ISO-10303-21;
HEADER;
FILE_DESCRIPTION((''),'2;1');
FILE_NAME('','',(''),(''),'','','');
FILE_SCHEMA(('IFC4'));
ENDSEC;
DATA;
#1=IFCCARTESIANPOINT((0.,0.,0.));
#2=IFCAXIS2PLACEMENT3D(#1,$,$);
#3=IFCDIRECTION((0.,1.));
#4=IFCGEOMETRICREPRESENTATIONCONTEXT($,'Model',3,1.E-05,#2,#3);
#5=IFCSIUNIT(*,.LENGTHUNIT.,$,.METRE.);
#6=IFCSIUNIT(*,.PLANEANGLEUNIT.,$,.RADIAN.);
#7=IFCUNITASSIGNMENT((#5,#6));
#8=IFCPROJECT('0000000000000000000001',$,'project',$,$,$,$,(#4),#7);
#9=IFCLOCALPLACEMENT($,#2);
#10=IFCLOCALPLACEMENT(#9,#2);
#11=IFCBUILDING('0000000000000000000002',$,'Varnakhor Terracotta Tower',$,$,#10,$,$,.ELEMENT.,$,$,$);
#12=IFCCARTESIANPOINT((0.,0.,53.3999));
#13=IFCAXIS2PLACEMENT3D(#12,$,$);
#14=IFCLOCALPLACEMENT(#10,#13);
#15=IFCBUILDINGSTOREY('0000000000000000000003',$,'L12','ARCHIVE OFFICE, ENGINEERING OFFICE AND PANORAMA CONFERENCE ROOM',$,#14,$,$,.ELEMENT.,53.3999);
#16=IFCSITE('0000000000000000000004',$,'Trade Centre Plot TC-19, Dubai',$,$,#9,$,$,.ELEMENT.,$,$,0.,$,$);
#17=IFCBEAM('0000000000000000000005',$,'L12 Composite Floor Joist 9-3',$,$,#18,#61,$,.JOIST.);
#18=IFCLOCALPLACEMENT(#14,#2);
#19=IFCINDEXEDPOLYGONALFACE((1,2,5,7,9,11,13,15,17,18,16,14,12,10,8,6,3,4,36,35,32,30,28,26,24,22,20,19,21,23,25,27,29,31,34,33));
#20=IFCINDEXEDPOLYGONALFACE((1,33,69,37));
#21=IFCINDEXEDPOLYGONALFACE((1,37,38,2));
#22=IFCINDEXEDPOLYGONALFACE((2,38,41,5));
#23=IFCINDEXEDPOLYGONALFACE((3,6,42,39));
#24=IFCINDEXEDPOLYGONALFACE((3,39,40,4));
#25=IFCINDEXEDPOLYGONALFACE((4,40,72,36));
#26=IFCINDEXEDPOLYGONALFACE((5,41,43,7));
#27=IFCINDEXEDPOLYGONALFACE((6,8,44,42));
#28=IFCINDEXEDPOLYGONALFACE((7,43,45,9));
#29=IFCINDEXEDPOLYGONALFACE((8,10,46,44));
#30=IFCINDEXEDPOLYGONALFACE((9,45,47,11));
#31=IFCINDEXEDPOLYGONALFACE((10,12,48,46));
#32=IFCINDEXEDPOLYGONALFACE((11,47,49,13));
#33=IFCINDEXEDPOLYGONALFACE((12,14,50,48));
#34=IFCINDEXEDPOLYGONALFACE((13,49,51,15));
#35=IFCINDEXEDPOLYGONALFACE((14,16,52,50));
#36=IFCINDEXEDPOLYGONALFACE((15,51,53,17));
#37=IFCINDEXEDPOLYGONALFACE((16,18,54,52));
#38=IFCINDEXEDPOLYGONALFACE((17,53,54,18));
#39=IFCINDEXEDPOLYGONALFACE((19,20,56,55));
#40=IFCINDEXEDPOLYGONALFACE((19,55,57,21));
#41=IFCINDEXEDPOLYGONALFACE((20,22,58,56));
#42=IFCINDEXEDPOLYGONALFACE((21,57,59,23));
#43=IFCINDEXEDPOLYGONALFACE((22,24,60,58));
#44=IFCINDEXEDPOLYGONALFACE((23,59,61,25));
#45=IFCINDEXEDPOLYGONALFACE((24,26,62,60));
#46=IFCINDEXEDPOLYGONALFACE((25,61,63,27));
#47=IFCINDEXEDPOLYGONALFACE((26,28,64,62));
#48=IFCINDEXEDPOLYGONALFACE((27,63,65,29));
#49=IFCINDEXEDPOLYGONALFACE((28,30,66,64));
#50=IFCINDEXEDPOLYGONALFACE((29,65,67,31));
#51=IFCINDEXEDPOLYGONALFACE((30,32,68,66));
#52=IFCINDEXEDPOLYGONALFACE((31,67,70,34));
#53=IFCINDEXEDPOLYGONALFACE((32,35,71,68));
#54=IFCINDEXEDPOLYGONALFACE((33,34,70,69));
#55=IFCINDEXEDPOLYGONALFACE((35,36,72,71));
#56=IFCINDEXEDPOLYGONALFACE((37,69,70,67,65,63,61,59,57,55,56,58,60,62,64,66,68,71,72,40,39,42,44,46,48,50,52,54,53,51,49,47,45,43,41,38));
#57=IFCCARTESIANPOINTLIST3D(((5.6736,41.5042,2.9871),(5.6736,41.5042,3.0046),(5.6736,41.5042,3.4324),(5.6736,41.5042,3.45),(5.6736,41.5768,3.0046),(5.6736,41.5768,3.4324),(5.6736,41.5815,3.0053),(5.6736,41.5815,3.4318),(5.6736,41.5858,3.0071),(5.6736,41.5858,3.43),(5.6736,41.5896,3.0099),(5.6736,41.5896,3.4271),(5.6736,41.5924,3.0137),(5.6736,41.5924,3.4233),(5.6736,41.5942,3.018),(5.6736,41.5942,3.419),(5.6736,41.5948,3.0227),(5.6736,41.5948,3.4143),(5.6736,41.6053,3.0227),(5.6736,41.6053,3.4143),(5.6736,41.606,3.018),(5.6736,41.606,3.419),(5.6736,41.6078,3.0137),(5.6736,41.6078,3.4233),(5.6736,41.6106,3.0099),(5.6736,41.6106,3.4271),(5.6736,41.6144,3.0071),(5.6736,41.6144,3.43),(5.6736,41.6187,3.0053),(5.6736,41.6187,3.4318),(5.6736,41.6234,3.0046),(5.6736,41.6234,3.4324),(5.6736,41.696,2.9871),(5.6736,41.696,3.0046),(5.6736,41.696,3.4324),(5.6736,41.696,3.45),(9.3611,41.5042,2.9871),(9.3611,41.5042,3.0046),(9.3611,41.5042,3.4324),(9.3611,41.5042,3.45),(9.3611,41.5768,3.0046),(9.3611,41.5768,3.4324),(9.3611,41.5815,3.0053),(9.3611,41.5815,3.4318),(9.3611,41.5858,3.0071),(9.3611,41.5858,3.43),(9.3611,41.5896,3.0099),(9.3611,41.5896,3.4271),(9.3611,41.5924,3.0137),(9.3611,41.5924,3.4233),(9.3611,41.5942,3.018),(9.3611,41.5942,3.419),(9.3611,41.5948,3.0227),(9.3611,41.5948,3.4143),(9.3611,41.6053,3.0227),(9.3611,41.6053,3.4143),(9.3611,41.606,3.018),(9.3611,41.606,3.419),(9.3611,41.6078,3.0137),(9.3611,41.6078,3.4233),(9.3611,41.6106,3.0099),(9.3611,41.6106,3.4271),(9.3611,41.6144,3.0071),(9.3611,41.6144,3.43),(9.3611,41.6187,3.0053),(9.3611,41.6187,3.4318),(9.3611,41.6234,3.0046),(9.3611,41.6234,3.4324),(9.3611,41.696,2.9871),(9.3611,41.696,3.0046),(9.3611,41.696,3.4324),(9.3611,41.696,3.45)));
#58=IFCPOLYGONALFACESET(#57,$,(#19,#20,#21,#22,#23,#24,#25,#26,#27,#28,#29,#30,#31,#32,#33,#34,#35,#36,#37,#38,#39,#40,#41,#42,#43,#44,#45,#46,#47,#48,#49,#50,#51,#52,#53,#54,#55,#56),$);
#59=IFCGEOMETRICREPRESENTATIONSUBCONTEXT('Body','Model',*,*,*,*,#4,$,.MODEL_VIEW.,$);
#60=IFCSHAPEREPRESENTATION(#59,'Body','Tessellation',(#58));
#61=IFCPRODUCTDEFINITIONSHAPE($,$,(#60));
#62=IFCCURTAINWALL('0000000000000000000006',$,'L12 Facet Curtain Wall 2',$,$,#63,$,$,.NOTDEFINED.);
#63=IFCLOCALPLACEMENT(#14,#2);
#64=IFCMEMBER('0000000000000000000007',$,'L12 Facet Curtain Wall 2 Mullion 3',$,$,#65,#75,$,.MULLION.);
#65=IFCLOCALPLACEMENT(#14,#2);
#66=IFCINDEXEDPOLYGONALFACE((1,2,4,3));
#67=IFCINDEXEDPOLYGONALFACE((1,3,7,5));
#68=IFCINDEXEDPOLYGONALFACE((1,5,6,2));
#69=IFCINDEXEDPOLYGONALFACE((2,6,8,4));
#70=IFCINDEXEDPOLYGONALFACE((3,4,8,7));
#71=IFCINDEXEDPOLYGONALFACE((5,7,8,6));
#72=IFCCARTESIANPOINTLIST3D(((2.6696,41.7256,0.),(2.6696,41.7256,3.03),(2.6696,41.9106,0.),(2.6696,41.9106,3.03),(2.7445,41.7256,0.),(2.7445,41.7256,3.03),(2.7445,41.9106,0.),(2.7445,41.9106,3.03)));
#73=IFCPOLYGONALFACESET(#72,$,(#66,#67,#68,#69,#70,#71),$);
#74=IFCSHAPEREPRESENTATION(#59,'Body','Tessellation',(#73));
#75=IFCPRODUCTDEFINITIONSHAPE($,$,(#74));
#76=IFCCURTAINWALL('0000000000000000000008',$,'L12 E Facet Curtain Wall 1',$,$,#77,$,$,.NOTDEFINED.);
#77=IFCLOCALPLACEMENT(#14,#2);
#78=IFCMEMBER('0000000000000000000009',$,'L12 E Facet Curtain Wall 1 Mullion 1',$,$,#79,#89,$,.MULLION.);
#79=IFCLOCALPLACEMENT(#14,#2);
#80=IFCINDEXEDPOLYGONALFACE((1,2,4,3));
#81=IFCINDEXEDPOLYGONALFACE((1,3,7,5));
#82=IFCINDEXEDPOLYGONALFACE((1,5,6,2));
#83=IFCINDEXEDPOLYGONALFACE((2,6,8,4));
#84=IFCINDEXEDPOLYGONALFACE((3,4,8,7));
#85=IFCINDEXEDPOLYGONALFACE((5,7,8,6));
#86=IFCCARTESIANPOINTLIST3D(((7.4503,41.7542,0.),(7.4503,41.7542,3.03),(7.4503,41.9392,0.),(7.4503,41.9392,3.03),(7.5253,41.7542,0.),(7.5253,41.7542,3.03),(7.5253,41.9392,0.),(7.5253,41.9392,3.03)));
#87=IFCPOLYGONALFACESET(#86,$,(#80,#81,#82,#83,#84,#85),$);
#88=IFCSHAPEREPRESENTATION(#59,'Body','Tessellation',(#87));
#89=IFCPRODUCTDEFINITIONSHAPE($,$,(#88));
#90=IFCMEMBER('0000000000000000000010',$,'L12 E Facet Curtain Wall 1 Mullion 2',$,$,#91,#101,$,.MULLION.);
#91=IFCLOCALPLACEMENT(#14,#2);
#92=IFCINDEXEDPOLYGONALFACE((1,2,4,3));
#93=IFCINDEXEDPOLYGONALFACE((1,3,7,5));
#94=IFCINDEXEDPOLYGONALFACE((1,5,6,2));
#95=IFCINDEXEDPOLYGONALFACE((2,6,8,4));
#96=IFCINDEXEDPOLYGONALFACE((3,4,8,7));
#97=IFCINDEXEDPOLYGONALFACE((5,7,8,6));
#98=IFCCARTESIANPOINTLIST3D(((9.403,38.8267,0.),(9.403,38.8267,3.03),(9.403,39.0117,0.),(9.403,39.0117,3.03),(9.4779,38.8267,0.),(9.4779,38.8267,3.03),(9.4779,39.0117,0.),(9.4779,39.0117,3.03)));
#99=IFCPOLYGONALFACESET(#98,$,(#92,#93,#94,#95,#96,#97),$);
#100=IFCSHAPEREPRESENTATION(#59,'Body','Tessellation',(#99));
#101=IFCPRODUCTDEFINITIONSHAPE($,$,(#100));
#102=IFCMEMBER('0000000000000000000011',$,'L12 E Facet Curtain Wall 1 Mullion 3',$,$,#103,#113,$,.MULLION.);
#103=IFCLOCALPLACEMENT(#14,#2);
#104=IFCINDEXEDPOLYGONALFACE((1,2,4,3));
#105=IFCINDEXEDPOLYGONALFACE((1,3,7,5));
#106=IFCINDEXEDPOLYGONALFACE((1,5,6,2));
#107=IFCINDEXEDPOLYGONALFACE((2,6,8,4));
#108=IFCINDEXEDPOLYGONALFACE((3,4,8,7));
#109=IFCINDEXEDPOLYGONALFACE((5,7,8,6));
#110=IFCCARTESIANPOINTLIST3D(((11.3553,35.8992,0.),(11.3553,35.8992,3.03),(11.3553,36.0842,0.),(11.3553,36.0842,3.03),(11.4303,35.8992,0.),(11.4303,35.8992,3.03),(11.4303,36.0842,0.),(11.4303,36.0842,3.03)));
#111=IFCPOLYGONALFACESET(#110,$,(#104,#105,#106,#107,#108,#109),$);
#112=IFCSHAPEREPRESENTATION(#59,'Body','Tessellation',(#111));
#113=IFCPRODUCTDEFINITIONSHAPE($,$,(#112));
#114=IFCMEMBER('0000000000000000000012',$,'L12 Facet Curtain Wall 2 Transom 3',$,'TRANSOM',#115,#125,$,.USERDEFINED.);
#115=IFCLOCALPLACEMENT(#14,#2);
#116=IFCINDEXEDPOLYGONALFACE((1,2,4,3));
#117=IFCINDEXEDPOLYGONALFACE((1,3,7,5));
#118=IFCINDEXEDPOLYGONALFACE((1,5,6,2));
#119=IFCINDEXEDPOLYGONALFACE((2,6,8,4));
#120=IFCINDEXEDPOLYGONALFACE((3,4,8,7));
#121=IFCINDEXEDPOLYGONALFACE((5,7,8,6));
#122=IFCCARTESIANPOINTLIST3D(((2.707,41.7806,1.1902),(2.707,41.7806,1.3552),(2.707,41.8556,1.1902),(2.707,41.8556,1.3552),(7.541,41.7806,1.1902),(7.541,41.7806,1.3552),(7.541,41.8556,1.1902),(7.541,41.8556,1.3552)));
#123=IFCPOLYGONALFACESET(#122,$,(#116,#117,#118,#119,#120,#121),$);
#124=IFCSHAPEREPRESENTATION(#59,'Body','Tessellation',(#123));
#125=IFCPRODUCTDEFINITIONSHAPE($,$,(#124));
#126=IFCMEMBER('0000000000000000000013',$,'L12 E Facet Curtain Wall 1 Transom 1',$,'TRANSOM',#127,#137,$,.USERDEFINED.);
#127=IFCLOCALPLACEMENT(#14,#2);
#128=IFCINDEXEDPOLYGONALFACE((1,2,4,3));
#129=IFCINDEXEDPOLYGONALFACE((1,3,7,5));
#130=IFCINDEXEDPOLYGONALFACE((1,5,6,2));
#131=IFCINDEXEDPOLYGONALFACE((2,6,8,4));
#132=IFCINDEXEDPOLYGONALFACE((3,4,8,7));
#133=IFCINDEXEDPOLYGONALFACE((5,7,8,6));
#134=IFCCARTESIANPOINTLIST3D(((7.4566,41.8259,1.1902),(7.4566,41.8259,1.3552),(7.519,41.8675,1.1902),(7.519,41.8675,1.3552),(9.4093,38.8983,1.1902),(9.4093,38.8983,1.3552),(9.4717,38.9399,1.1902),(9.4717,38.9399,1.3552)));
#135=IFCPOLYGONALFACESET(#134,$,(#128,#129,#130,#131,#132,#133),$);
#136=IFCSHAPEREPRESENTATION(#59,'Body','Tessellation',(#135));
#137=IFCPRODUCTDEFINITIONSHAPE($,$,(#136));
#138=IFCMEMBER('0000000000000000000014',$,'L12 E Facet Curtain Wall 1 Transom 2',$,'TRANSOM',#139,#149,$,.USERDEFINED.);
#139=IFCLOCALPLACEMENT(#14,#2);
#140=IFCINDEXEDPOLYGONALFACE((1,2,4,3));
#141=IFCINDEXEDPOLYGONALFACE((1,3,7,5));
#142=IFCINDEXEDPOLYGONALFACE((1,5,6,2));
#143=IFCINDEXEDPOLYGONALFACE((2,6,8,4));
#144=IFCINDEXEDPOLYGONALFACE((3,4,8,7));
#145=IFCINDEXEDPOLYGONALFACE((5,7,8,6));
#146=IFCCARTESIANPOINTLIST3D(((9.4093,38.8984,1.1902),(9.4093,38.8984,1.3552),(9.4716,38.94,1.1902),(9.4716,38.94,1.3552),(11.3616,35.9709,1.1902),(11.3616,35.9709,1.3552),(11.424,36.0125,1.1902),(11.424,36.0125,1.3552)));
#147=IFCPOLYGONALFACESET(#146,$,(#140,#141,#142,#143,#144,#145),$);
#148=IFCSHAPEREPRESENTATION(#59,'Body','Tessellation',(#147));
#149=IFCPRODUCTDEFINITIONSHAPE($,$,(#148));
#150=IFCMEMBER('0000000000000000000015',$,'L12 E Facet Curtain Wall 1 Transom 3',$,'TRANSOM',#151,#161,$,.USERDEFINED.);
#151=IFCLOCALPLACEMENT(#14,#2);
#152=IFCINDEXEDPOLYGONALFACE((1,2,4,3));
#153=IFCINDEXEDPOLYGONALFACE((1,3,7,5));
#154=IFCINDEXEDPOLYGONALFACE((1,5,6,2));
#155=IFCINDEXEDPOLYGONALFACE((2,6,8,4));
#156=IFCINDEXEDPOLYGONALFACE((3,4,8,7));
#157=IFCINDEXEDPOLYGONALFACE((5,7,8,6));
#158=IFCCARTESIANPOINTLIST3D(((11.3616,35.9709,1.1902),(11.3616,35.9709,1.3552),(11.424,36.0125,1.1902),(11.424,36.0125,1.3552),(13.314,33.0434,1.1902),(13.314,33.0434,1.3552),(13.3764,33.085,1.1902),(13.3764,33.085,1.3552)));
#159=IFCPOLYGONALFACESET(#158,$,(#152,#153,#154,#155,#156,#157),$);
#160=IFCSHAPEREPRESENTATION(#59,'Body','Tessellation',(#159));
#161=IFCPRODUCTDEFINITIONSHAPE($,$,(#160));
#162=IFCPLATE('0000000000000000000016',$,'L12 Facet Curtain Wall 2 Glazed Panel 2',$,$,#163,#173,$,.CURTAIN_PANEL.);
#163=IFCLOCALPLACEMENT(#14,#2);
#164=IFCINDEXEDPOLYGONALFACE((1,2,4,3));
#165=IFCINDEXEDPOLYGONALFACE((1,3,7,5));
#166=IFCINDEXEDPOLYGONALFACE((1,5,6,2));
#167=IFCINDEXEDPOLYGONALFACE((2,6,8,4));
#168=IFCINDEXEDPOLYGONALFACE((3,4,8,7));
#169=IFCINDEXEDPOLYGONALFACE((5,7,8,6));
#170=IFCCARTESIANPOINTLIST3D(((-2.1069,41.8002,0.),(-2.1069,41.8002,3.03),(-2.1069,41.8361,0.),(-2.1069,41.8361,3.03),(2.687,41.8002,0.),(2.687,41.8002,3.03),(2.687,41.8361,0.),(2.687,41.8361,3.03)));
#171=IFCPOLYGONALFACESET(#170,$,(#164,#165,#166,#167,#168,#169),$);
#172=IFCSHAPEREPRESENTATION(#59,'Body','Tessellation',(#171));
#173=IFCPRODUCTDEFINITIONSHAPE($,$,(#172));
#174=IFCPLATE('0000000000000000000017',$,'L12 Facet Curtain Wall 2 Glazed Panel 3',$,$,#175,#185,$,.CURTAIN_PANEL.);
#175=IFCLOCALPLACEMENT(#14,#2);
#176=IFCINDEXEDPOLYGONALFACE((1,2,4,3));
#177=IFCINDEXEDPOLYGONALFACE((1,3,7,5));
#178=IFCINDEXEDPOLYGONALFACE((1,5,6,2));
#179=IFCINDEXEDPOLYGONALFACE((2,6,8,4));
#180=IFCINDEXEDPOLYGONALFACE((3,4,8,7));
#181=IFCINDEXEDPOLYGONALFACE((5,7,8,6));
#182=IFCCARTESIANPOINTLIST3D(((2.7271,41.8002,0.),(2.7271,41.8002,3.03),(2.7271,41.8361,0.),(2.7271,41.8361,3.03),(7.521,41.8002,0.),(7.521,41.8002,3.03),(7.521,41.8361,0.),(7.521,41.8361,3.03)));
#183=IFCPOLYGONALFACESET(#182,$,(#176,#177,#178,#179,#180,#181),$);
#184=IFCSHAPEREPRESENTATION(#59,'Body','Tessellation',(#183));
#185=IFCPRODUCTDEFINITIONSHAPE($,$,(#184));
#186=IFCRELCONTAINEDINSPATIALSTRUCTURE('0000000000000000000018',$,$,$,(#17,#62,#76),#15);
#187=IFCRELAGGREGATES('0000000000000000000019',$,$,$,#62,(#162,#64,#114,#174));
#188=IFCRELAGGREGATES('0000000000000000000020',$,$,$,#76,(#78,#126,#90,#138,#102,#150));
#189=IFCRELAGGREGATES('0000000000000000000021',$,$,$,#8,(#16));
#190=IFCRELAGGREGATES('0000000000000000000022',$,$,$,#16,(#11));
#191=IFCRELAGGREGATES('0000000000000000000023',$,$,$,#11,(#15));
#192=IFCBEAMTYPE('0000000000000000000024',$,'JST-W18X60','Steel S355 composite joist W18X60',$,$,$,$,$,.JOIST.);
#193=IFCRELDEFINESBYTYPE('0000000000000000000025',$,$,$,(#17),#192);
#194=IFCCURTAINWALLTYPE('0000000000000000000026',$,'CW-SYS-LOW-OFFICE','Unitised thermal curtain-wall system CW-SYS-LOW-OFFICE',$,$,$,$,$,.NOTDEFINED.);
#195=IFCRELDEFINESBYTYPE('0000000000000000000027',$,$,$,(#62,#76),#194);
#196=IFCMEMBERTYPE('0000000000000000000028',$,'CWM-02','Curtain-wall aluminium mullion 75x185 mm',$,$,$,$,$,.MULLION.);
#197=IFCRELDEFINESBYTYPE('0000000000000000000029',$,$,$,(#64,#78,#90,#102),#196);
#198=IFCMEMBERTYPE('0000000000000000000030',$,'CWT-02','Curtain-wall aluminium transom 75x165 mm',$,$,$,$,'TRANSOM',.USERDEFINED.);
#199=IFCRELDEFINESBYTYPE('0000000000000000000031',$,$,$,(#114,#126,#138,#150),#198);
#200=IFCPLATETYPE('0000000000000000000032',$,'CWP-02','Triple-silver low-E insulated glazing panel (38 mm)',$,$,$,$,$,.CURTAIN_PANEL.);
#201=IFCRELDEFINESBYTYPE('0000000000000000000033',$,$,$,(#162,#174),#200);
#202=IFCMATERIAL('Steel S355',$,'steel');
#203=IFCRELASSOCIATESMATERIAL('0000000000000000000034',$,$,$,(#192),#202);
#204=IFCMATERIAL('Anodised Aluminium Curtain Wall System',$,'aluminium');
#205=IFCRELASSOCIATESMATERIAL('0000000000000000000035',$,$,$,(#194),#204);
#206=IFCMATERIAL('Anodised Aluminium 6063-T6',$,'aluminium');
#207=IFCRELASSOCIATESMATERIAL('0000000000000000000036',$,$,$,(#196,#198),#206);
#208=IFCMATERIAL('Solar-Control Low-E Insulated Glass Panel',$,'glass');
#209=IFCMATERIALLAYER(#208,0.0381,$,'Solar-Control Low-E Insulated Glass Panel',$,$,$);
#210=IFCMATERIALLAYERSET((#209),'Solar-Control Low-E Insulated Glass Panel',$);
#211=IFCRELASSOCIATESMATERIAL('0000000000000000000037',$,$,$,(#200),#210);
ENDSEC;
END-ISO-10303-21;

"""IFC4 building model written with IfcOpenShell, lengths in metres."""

from ifc_helpers import new_model, si_unit, direction, frame, origin, origin_2d, place, context, subcontext, project, spatial, rectangle, i_section, extrude, source, transform, mapped, material, layer, layer_set, material_profile, profile_set, type_object, type_shapes, element, aggregate, save


model = new_model("IFC4")

# Units and contexts
model_context = context("Model", 3, precision=1e-05, world=origin(), true_north=direction((0.0, 1.0)))
body_context = subcontext(model_context, "Body", "Model", "MODEL_VIEW")
ifc_project = project(units=[si_unit("LENGTHUNIT", "METRE"), si_unit("PLANEANGLEUNIT", "RADIAN")], contexts=[model_context])

# Site, building, storey
site_placement = place(None, origin())
site = spatial("IfcSite", under=ifc_project, at=site_placement, Name="Trade Centre Plot TC-19, Dubai", CompositionType="ELEMENT", RefElevation=0.0)
building_placement = place(site_placement, origin())
building = spatial("IfcBuilding", under=site, at=building_placement, Name="Varnakhor Terracotta Tower", CompositionType="ELEMENT")
storey_placement = place(building_placement, frame((0.0, 0.0, 53.3999)))
storey = spatial("IfcBuildingStorey", under=building, at=storey_placement, Name="L12", Description="ARCHIVE OFFICE, ENGINEERING OFFICE AND PANORAMA CONFERENCE ROOM", CompositionType="ELEMENT", Elevation=53.3999)

# Beam
ifc_material_1 = material(Name="Steel S355", Category="steel")
ifc_material_profile_1 = material_profile(ifc_material_1, i_section(OverallWidth=0.1919, OverallDepth=0.4629, WebThickness=0.0105, FlangeThickness=0.0176, FilletRadius=0.0181, at=origin_2d()), Name="W18X60")
ifc_profile_set_1 = profile_set([ifc_material_profile_1], Name="Steel S355")
beam_type_1 = type_object("IfcBeamType", Name="JST-W18X60", Description="Steel S355 composite joist W18X60", PredefinedType="JOIST", material=ifc_profile_set_1)
shared_shape_1 = source(origin(), body_context, "Body", "SweptSolid", [
    extrude(i_section(OverallWidth=0.1919, OverallDepth=0.4629, WebThickness=0.0105, FlangeThickness=0.0176, FilletRadius=0.0181, at=origin_2d()), origin(), (0.0, 0.0, 1.0), 3.6875),
])
beam_1_placement = place(storey_placement, frame((5.6736, 41.6001, 3.2185), z_axis=(1.0, 0.0, 0.0), x_axis=(0.0, 1.0, 0.0)))
element("IfcBeam", 1, at=beam_1_placement, inside=storey, type_object=beam_type_1, Name="L12 Composite Floor Joist 9-3", PredefinedType="JOIST", context=body_context, shape_type="MappedRepresentation", body=[
    mapped(shared_shape_1, transform((0.0, 0.0, 0.0), scale=1.0)),
])

# Curtain wall, member
ifc_material_2 = material(Name="Anodised Aluminium Curtain Wall System", Category="aluminium")
curtain_wall_type = type_object("IfcCurtainWallType", Name="CW-SYS-LOW-OFFICE", Description="Unitised thermal curtain-wall system CW-SYS-LOW-OFFICE", PredefinedType="NOTDEFINED", material=ifc_material_2)
curtain_wall_1_placement = place(storey_placement, origin())
curtain_wall_1 = element("IfcCurtainWall", 2, at=curtain_wall_1_placement, inside=storey, type_object=curtain_wall_type, Name="L12 Facet Curtain Wall 2", PredefinedType="NOTDEFINED")
ifc_material_3 = material(Name="Anodised Aluminium 6063-T6", Category="aluminium")
ifc_material_profile_2 = material_profile(ifc_material_3, rectangle(XDim=0.075, YDim=0.1851, at=origin_2d()), Name="ALU MULLION 75x185")
ifc_profile_set_2 = profile_set([ifc_material_profile_2], Name="Anodised Aluminium 6063-T6")
member_type_1 = type_object("IfcMemberType", Name="CWM-02", Description="Curtain-wall aluminium mullion 75x185 mm", PredefinedType="MULLION", material=ifc_profile_set_2)
shared_shape_2 = source(origin(), body_context, "Body", "SweptSolid", [
    extrude(rectangle(XDim=0.075, YDim=0.1851, at=origin_2d()), origin(), (0.0, 0.0, 1.0), 3.03),
])
type_shapes(member_type_1, [shared_shape_2])
member_1_placement = place(storey_placement, frame((2.707, 41.8181, 0.0), z_axis=(0.0, 0.0, 1.0), x_axis=(1.0, 0.0, 0.0)))
member_1 = element("IfcMember", 3, at=member_1_placement, type_object=member_type_1, Name="L12 Facet Curtain Wall 2 Mullion 3", PredefinedType="MULLION", context=body_context, shape_type="MappedRepresentation", body=[
    mapped(shared_shape_2, transform((0.0, 0.0, 0.0), scale=1.0)),
])

# Curtain wall, members
curtain_wall_2_placement = place(storey_placement, origin())
curtain_wall_2 = element("IfcCurtainWall", 4, at=curtain_wall_2_placement, inside=storey, type_object=curtain_wall_type, Name="L12 E Facet Curtain Wall 1", PredefinedType="NOTDEFINED")
member_2_placement = place(storey_placement, frame((7.4878, 41.8467, 0.0), z_axis=(0.0, 0.0, 1.0), x_axis=(1.0, 0.0, 0.0)))
member_2 = element("IfcMember", 5, at=member_2_placement, type_object=member_type_1, Name="L12 E Facet Curtain Wall 1 Mullion 1", PredefinedType="MULLION", context=body_context, shape_type="MappedRepresentation", body=[
    mapped(shared_shape_2, transform((0.0, 0.0, 0.0), scale=1.0)),
])
member_3_placement = place(storey_placement, frame((9.4404, 38.9192, 0.0), z_axis=(0.0, 0.0, 1.0), x_axis=(1.0, 0.0, 0.0)))
member_3 = element("IfcMember", 6, at=member_3_placement, type_object=member_type_1, Name="L12 E Facet Curtain Wall 1 Mullion 2", PredefinedType="MULLION", context=body_context, shape_type="MappedRepresentation", body=[
    mapped(shared_shape_2, transform((0.0, 0.0, 0.0), scale=1.0)),
])
member_4_placement = place(storey_placement, frame((11.3928, 35.9917, 0.0), z_axis=(0.0, 0.0, 1.0), x_axis=(1.0, 0.0, 0.0)))
member_4 = element("IfcMember", 7, at=member_4_placement, type_object=member_type_1, Name="L12 E Facet Curtain Wall 1 Mullion 3", PredefinedType="MULLION", context=body_context, shape_type="MappedRepresentation", body=[
    mapped(shared_shape_2, transform((0.0, 0.0, 0.0), scale=1.0)),
])

# Members
ifc_material_profile_3 = material_profile(ifc_material_3, rectangle(XDim=0.075, YDim=0.165, at=origin_2d()), Name="ALU TRANSOM 75x165")
ifc_profile_set_3 = profile_set([ifc_material_profile_3], Name="Anodised Aluminium 6063-T6")
member_type_2 = type_object("IfcMemberType", Name="CWT-02", Description="Curtain-wall aluminium transom 75x165 mm", ElementType="TRANSOM", PredefinedType="USERDEFINED", material=ifc_profile_set_3)
shared_shape_3 = source(origin(), body_context, "Body", "SweptSolid", [
    extrude(rectangle(XDim=0.075, YDim=0.165, at=origin_2d()), origin(), (0.0, 0.0, 1.0), 4.834),
])
member_5_placement = place(storey_placement, frame((2.707, 41.8181, 1.2727), z_axis=(1.0, 0.0, 0.0), x_axis=(0.0, 1.0, 0.0)))
member_5 = element("IfcMember", 8, at=member_5_placement, type_object=member_type_2, Name="L12 Facet Curtain Wall 2 Transom 3", ObjectType="TRANSOM", PredefinedType="USERDEFINED", context=body_context, shape_type="MappedRepresentation", body=[
    mapped(shared_shape_3, transform((0.0, 0.0, 0.0), scale=1.0)),
])
shared_shape_4 = source(origin(), body_context, "Body", "SweptSolid", [
    extrude(rectangle(XDim=0.075, YDim=0.165, at=origin_2d()), origin(), (0.0, 0.0, 1.0), 3.519),
])
member_6_placement = place(storey_placement, frame((7.4878, 41.8467, 1.2727), z_axis=(0.554892, -0.831922, 0.0), x_axis=(0.831922, 0.554892, 0.0)))
member_6 = element("IfcMember", 9, at=member_6_placement, type_object=member_type_2, Name="L12 E Facet Curtain Wall 1 Transom 1", ObjectType="TRANSOM", PredefinedType="USERDEFINED", context=body_context, shape_type="MappedRepresentation", body=[
    mapped(shared_shape_4, transform((0.0, 0.0, 0.0), scale=1.0)),
])
shared_shape_5 = source(origin(), body_context, "Body", "SweptSolid", [
    extrude(rectangle(XDim=0.075, YDim=0.165, at=origin_2d()), origin(), (0.0, 0.0, 1.0), 3.5188),
])
member_7_placement = place(storey_placement, frame((9.4404, 38.9192, 1.2727), z_axis=(0.554844, -0.831954, 0.0), x_axis=(0.831954, 0.554844, 0.0)))
member_7 = element("IfcMember", 10, at=member_7_placement, type_object=member_type_2, Name="L12 E Facet Curtain Wall 1 Transom 2", ObjectType="TRANSOM", PredefinedType="USERDEFINED", context=body_context, shape_type="MappedRepresentation", body=[
    mapped(shared_shape_5, transform((0.0, 0.0, 0.0), scale=1.0)),
])
member_8_placement = place(storey_placement, frame((11.3928, 35.9917, 1.2727), z_axis=(0.554844, -0.831954, 0.0), x_axis=(0.831954, 0.554844, 0.0)))
member_8 = element("IfcMember", 11, at=member_8_placement, type_object=member_type_2, Name="L12 E Facet Curtain Wall 1 Transom 3", ObjectType="TRANSOM", PredefinedType="USERDEFINED", context=body_context, shape_type="MappedRepresentation", body=[
    mapped(shared_shape_5, transform((0.0, 0.0, 0.0), scale=1.0)),
])

# Plates
ifc_material_4 = material(Name="Solar-Control Low-E Insulated Glass Panel", Category="glass")
ifc_layer = layer(ifc_material_4, 0.0381, Name="Solar-Control Low-E Insulated Glass Panel")
ifc_layer_set = layer_set([ifc_layer], Name="Solar-Control Low-E Insulated Glass Panel")
plate_type = type_object("IfcPlateType", Name="CWP-02", Description="Triple-silver low-E insulated glazing panel (38 mm)", PredefinedType="CURTAIN_PANEL", material=ifc_layer_set)
shared_shape_6 = source(origin(), body_context, "Body", "SweptSolid", [
    extrude(rectangle(XDim=4.7939, YDim=0.0359, at=origin_2d()), origin(), (0.0, 0.0, 1.0), 3.03),
])
plate_1_placement = place(storey_placement, frame((0.29, 41.8181, 0.0), z_axis=(0.0, 0.0, 1.0), x_axis=(1.0, 0.0, 0.0)))
plate_1 = element("IfcPlate", 12, at=plate_1_placement, type_object=plate_type, Name="L12 Facet Curtain Wall 2 Glazed Panel 2", PredefinedType="CURTAIN_PANEL", context=body_context, shape_type="MappedRepresentation", body=[
    mapped(shared_shape_6, transform((0.0, 0.0, 0.0), scale=1.0)),
])
plate_2_placement = place(storey_placement, frame((5.124, 41.8181, 0.0), z_axis=(0.0, 0.0, 1.0), x_axis=(1.0, 0.0, 0.0)))
plate_2 = element("IfcPlate", 13, at=plate_2_placement, type_object=plate_type, Name="L12 Facet Curtain Wall 2 Glazed Panel 3", PredefinedType="CURTAIN_PANEL", context=body_context, shape_type="MappedRepresentation", body=[
    mapped(shared_shape_6, transform((0.0, 0.0, 0.0), scale=1.0)),
])
aggregate(curtain_wall_1, [plate_1, member_1, member_5, plate_2])
aggregate(curtain_wall_2, [member_2, member_6, member_3, member_7, member_4, member_8])

save(model, "model.ifc")
